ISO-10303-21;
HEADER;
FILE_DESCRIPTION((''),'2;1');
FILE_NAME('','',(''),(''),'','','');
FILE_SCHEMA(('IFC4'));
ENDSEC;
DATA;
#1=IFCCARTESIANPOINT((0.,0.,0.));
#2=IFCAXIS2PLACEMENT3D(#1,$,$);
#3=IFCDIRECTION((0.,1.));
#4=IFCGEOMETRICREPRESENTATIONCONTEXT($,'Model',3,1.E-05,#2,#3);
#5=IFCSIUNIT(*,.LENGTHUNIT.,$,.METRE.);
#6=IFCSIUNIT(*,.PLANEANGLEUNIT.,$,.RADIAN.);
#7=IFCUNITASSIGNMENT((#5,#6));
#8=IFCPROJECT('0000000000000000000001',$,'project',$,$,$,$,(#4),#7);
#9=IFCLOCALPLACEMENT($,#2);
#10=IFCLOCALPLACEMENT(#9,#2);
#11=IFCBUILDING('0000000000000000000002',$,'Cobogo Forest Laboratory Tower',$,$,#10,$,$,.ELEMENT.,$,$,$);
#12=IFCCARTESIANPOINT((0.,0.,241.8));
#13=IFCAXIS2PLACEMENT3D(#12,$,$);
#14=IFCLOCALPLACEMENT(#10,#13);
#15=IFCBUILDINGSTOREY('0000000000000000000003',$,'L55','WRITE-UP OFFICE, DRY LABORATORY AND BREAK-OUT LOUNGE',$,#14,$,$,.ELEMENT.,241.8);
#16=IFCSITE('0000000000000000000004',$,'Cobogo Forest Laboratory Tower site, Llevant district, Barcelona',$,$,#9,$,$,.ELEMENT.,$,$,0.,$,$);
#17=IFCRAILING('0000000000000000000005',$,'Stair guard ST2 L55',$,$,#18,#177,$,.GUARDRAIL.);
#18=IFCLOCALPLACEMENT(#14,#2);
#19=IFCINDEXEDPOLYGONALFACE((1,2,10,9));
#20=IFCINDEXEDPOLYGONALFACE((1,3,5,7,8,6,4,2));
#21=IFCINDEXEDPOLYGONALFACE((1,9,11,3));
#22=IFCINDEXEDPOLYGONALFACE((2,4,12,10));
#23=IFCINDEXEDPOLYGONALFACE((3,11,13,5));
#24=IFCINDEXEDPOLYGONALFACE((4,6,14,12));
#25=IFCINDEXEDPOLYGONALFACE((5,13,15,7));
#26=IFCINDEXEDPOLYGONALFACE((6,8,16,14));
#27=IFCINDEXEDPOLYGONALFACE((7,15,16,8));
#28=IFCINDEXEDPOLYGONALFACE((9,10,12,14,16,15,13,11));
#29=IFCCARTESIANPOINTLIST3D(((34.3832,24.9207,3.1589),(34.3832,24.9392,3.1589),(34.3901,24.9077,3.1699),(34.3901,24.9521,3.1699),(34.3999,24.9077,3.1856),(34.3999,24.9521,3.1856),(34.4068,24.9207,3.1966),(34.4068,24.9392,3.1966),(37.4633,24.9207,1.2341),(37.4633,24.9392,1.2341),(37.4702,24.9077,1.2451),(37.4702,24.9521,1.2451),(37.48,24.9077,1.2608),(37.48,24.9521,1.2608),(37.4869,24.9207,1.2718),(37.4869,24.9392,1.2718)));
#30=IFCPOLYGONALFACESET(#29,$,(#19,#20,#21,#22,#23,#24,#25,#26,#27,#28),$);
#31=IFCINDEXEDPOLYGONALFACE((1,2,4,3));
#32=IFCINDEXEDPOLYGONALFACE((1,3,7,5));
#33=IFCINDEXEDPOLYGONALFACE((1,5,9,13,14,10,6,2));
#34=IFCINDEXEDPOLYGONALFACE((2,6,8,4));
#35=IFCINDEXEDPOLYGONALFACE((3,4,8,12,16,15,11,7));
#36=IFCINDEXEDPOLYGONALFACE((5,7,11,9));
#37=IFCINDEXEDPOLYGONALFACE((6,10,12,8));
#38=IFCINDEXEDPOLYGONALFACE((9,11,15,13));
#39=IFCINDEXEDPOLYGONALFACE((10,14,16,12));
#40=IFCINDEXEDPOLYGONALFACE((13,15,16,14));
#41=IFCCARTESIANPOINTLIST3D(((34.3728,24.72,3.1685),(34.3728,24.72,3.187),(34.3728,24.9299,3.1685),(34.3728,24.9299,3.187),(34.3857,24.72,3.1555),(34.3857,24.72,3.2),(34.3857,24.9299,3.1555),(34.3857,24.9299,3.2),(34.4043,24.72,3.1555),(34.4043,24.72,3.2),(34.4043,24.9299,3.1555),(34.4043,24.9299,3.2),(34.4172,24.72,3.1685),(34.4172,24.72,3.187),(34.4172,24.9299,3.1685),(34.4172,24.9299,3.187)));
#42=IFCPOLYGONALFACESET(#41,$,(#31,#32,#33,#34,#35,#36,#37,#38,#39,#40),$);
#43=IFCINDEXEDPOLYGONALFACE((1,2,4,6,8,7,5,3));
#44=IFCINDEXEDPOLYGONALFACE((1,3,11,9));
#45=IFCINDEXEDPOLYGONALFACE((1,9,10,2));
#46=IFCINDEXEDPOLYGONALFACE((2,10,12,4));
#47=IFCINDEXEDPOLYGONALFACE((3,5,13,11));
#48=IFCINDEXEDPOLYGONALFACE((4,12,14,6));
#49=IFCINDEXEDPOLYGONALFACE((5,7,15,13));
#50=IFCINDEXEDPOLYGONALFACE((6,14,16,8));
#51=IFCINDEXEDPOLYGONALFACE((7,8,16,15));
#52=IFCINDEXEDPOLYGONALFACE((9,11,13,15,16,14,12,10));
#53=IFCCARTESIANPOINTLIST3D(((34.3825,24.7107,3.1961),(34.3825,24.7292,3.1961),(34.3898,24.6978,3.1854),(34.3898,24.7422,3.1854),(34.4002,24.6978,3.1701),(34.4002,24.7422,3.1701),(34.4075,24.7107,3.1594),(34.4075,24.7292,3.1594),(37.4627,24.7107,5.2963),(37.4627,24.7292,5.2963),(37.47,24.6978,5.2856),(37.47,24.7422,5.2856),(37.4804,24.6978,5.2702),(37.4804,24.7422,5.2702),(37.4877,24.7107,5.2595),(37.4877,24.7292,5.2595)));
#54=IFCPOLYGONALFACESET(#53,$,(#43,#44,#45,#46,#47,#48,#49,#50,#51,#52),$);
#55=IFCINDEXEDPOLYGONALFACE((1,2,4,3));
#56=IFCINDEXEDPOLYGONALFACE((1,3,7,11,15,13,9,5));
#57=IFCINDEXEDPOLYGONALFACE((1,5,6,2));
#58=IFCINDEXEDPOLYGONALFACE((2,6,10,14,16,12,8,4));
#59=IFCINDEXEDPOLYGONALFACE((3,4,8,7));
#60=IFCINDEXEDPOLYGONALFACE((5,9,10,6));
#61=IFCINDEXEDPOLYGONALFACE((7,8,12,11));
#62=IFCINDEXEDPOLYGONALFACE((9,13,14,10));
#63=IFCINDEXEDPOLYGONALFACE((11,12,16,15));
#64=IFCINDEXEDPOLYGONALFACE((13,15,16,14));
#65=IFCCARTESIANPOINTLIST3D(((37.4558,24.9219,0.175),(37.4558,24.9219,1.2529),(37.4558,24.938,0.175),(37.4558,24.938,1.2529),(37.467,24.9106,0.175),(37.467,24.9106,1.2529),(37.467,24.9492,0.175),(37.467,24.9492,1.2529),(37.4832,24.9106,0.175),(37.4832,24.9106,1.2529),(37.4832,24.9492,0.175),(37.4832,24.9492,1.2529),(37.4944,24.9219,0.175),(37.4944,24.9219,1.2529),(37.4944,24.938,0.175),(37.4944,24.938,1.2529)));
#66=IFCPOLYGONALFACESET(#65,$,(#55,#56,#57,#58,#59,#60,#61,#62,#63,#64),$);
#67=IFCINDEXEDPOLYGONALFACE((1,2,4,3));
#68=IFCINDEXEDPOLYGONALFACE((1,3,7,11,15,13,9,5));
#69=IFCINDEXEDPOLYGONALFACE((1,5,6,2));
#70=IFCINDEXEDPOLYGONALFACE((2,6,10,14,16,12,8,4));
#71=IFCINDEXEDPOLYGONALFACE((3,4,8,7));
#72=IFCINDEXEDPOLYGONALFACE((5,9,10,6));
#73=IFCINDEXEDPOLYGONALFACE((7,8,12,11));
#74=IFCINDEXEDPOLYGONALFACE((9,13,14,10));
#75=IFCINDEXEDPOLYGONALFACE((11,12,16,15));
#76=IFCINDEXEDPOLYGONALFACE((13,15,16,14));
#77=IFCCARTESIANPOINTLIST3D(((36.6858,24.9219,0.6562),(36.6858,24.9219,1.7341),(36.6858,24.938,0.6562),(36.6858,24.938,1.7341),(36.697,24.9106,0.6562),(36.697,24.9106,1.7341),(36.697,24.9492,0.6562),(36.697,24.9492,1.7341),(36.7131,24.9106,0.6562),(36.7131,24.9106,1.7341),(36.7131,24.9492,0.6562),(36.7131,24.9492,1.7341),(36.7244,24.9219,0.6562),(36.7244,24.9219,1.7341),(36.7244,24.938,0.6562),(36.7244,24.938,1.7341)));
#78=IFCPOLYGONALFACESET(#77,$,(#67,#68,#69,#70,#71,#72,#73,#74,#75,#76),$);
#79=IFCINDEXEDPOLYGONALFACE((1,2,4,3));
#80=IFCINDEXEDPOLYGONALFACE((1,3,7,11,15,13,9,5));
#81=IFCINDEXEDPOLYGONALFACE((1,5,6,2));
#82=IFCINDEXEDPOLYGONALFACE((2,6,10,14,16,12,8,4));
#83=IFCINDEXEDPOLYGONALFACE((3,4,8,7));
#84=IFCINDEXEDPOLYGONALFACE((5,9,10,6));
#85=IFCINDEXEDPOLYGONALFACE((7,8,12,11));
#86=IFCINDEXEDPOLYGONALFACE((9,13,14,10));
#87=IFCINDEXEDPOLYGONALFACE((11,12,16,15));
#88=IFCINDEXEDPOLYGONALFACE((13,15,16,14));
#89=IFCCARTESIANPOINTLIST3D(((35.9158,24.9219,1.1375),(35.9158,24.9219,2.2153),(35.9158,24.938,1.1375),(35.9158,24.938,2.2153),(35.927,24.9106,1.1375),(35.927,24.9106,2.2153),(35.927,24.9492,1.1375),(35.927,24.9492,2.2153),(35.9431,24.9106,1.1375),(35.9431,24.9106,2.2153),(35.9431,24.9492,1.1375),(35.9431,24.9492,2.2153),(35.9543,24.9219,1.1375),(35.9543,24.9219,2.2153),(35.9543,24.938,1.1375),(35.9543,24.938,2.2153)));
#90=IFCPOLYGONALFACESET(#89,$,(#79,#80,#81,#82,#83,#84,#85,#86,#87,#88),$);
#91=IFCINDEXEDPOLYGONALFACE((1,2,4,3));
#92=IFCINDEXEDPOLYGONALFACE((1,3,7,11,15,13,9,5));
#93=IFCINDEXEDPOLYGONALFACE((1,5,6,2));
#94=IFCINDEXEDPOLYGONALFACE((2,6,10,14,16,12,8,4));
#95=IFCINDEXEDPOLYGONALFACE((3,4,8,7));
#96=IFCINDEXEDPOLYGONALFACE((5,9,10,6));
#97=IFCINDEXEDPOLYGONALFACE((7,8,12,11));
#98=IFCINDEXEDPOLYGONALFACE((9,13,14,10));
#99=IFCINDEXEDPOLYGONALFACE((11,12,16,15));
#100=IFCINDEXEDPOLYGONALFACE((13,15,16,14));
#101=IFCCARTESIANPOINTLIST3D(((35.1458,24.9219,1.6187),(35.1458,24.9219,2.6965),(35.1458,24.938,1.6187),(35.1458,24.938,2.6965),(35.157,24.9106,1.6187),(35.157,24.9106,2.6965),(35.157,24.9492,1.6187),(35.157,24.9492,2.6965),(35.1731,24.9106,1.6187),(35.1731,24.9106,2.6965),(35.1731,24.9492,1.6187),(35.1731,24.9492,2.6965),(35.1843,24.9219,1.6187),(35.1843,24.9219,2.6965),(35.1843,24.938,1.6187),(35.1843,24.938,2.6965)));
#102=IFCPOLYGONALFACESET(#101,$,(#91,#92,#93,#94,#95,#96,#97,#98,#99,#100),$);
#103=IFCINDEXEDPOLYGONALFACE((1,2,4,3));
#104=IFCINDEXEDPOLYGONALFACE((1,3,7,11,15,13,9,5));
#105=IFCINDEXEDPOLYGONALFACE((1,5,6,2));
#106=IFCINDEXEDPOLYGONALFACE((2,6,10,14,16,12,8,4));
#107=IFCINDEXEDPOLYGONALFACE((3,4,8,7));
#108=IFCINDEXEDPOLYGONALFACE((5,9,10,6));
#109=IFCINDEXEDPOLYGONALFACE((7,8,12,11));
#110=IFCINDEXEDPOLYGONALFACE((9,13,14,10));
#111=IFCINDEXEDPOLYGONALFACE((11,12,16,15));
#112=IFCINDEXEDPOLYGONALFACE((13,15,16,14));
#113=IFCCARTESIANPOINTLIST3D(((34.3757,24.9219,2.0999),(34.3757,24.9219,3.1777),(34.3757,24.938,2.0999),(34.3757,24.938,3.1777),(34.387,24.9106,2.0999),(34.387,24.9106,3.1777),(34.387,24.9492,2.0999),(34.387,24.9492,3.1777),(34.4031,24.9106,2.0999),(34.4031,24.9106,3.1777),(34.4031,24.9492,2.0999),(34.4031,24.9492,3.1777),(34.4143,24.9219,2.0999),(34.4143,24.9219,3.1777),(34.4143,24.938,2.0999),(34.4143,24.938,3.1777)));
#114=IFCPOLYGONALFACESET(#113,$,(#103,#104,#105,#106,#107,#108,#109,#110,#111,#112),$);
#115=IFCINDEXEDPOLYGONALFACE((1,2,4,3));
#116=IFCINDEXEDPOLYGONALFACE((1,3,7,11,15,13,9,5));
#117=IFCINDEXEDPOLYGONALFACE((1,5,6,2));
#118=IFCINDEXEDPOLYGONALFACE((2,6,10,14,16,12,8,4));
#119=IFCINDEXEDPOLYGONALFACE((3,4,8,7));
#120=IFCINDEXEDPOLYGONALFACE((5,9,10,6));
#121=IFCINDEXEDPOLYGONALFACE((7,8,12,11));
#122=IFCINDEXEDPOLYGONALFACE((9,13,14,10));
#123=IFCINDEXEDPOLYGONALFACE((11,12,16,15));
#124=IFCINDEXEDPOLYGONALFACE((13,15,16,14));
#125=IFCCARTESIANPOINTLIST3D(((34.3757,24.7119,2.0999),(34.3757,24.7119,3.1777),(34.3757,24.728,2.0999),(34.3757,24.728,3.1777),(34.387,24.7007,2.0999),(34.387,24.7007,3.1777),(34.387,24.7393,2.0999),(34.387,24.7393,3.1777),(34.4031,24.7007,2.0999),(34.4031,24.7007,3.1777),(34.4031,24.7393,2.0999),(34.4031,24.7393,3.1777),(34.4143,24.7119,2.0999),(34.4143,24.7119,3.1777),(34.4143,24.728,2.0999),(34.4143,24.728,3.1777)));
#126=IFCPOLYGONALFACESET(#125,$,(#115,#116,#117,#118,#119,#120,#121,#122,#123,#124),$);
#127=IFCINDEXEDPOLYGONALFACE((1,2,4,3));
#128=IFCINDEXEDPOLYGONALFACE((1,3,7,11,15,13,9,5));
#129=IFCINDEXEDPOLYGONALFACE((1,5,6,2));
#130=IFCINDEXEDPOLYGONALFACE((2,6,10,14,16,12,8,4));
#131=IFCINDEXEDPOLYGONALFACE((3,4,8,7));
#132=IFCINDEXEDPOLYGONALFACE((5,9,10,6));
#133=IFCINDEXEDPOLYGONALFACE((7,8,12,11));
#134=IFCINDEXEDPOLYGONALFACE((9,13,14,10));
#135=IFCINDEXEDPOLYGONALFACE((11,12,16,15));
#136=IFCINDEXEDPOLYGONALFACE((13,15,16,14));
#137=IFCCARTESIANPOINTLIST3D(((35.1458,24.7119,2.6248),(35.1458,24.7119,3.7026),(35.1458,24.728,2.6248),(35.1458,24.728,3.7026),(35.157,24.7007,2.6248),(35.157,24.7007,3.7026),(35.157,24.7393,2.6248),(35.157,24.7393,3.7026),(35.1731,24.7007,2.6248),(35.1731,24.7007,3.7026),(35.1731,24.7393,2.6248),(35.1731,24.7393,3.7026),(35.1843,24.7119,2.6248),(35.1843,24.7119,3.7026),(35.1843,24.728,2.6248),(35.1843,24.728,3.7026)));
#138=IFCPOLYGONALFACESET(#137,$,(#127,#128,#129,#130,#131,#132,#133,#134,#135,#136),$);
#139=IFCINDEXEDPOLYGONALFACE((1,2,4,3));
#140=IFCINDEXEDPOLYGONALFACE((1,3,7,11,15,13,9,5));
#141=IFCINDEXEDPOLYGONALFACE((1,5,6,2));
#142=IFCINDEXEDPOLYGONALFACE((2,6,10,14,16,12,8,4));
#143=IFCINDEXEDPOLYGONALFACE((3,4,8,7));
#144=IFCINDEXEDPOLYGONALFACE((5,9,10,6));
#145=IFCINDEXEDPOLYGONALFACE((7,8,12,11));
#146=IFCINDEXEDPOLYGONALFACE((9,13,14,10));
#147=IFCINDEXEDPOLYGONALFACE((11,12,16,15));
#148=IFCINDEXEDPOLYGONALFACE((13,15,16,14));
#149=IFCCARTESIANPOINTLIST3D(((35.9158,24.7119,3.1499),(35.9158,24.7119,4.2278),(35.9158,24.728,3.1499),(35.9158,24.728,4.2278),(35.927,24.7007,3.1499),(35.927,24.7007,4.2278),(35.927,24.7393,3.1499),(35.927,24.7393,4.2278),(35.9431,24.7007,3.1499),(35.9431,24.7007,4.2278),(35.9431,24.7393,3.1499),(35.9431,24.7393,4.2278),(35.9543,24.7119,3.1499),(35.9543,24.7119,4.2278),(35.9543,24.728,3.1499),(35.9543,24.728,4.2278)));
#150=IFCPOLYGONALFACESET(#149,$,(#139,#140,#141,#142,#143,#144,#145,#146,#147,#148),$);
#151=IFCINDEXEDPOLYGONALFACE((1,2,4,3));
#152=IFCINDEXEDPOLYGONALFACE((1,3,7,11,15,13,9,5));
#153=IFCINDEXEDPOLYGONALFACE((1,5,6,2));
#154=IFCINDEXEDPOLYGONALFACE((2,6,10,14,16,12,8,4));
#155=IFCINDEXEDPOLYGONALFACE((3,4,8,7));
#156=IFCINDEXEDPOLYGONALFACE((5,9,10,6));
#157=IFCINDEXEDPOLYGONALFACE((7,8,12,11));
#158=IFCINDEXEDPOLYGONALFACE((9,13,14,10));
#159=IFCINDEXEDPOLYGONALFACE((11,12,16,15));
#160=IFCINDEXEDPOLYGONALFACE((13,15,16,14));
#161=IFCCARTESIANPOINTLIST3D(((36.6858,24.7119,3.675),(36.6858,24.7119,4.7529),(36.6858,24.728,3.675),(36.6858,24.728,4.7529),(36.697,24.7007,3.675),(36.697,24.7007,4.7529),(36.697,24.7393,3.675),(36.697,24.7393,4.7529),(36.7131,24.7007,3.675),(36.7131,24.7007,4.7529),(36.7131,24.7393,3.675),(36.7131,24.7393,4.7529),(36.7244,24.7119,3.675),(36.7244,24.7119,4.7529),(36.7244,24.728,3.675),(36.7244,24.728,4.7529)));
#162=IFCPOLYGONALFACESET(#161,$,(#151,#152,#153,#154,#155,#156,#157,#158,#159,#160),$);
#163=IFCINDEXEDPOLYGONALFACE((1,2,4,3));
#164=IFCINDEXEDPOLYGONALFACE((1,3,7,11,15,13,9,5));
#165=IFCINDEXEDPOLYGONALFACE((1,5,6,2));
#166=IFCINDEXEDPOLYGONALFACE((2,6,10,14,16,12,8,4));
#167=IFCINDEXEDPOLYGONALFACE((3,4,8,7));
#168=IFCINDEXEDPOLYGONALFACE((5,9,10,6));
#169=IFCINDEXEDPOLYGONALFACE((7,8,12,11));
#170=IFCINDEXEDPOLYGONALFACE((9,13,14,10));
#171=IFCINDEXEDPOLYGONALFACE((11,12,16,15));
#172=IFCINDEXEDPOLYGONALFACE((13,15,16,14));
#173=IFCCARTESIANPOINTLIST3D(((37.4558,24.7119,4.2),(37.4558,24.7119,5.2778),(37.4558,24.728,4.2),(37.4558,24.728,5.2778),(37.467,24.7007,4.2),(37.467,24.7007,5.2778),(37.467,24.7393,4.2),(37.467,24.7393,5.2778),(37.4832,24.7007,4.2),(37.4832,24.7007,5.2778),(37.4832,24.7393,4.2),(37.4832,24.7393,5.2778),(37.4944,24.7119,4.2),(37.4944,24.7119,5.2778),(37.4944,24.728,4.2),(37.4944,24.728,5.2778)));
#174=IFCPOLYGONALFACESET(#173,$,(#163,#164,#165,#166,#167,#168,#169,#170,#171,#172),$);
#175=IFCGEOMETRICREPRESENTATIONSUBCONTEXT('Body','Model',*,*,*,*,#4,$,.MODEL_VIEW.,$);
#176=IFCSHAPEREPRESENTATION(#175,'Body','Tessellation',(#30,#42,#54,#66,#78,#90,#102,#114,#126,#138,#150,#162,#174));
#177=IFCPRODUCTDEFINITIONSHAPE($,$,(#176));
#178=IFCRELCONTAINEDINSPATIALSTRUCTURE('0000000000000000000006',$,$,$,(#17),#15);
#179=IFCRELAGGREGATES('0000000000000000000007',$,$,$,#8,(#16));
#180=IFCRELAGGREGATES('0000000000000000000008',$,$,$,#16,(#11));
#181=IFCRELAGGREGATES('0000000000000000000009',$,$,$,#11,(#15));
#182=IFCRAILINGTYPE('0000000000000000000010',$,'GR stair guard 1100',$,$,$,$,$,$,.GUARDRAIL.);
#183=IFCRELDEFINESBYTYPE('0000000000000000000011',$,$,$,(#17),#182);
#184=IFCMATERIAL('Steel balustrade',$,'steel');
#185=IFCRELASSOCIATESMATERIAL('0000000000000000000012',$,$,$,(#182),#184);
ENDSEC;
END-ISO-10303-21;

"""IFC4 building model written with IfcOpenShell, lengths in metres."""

from ifc_helpers import new_model, si_unit, direction, frame, origin, place, context, subcontext, project, spatial, polyline, outline, extrude, material, type_object, element, save


model = new_model("IFC4")

# Units and contexts
model_context = context("Model", 3, precision=1e-05, world=origin(), true_north=direction((0.0, 1.0)))
body_context = subcontext(model_context, "Body", "Model", "MODEL_VIEW")
ifc_project = project(units=[si_unit("LENGTHUNIT", "METRE"), si_unit("PLANEANGLEUNIT", "RADIAN")], contexts=[model_context])

# Site, building, storey
site_placement = place(None, origin())
site = spatial("IfcSite", under=ifc_project, at=site_placement, Name="Cobogo Forest Laboratory Tower site, Llevant district, Barcelona", CompositionType="ELEMENT", RefElevation=0.0)
building_placement = place(site_placement, origin())
building = spatial("IfcBuilding", under=site, at=building_placement, Name="Cobogo Forest Laboratory Tower", CompositionType="ELEMENT")
storey_placement = place(building_placement, frame((0.0, 0.0, 241.8)))
storey = spatial("IfcBuildingStorey", under=building, at=storey_placement, Name="L55", Description="WRITE-UP OFFICE, DRY LABORATORY AND BREAK-OUT LOUNGE", CompositionType="ELEMENT", Elevation=241.8)

# Railing
ifc_material_1 = material(Name="Steel balustrade", Category="steel")
railing_type_1 = type_object("IfcRailingType", Name="GR stair guard 1100", PredefinedType="GUARDRAIL", material=ifc_material_1)
railing_1_placement = place(storey_placement, frame((37.4751, 24.9299, 0.175)))
element("IfcRailing", 1, at=railing_1_placement, inside=storey, type_object=railing_type_1, Name="Stair guard ST2 L55", PredefinedType="GUARDRAIL", context=body_context, shape_type="SweptSolid", body=[
    extrude(outline(polyline([(0.0222, 0.0093), (0.0093, 0.0222), (-0.0093, 0.0222), (-0.0222, 0.0093), (-0.0222, -0.0093), (-0.0093, -0.0222), (0.0093, -0.0222), (0.0222, -0.0093), (0.0222, 0.0093)])), frame((0.0, 0.0, 1.0779), z_axis=(-0.848029, 0.0, 0.529951), x_axis=(0.0, -1.0, 0.0)), (0.0, 0.0, 1.0), 3.6321),
    extrude(outline(polyline([(0.0222, 0.0093), (0.0093, 0.0222), (-0.0093, 0.0222), (-0.0222, 0.0093), (-0.0222, -0.0093), (-0.0093, -0.0222), (0.0093, -0.0222), (0.0222, -0.0093), (0.0222, 0.0093)])), frame((-3.0801, 0.0, 3.0027), z_axis=(0.0, -1.0, 0.0), x_axis=(1.0, 0.0, 0.0)), (0.0, 0.0, 1.0), 0.21),
    extrude(outline(polyline([(0.0222, 0.0093), (0.0093, 0.0222), (-0.0093, 0.0222), (-0.0222, 0.0093), (-0.0222, -0.0093), (-0.0093, -0.0222), (0.0093, -0.0222), (0.0222, -0.0093), (0.0222, 0.0093)])), frame((-3.0801, -0.21, 3.0027), z_axis=(0.826222, 0.0, 0.563345), x_axis=(0.0, 1.0, 0.0)), (0.0, 0.0, 1.0), 3.728),
    extrude(outline(polyline([(0.0193, 0.0081), (0.0081, 0.0193), (-0.0081, 0.0193), (-0.0193, 0.0081), (-0.0193, -0.0081), (-0.0081, -0.0193), (0.0081, -0.0193), (0.0193, -0.0081), (0.0193, 0.0081)])), origin(), (0.0, 0.0, 1.0), 1.0779),
    extrude(outline(polyline([(0.0193, 0.0081), (0.0081, 0.0193), (-0.0081, 0.0193), (-0.0193, 0.0081), (-0.0193, -0.0081), (-0.0081, -0.0193), (0.0081, -0.0193), (0.0193, -0.0081), (0.0193, 0.0081)])), frame((-0.77, 0.0, 0.4812)), (0.0, 0.0, 1.0), 1.0779),
    extrude(outline(polyline([(0.0193, 0.0081), (0.0081, 0.0193), (-0.0081, 0.0193), (-0.0193, 0.0081), (-0.0193, -0.0081), (-0.0081, -0.0193), (0.0081, -0.0193), (0.0193, -0.0081), (0.0193, 0.0081)])), frame((-1.54, 0.0, 0.9624)), (0.0, 0.0, 1.0), 1.0779),
    extrude(outline(polyline([(0.0193, 0.0081), (0.0081, 0.0193), (-0.0081, 0.0193), (-0.0193, 0.0081), (-0.0193, -0.0081), (-0.0081, -0.0193), (0.0081, -0.0193), (0.0193, -0.0081), (0.0193, 0.0081)])), frame((-2.3101, 0.0, 1.4436)), (0.0, 0.0, 1.0), 1.0779),
    extrude(outline(polyline([(0.0193, 0.0081), (0.0081, 0.0193), (-0.0081, 0.0193), (-0.0193, 0.0081), (-0.0193, -0.0081), (-0.0081, -0.0193), (0.0081, -0.0193), (0.0193, -0.0081), (0.0193, 0.0081)])), frame((-3.0801, 0.0, 1.9248)), (0.0, 0.0, 1.0), 1.0779),
    extrude(outline(polyline([(0.0193, 0.0081), (0.0081, 0.0193), (-0.0081, 0.0193), (-0.0193, 0.0081), (-0.0193, -0.0081), (-0.0081, -0.0193), (0.0081, -0.0193), (0.0193, -0.0081), (0.0193, 0.0081)])), frame((-3.0801, -0.21, 1.9248)), (0.0, 0.0, 1.0), 1.0779),
    extrude(outline(polyline([(0.0193, 0.0081), (0.0081, 0.0193), (-0.0081, 0.0193), (-0.0193, 0.0081), (-0.0193, -0.0081), (-0.0081, -0.0193), (0.0081, -0.0193), (0.0193, -0.0081), (0.0193, 0.0081)])), frame((-2.3101, -0.21, 2.4497)), (0.0, 0.0, 1.0), 1.0779),
    extrude(outline(polyline([(0.0193, 0.0081), (0.0081, 0.0193), (-0.0081, 0.0193), (-0.0193, 0.0081), (-0.0193, -0.0081), (-0.0081, -0.0193), (0.0081, -0.0193), (0.0193, -0.0081), (0.0193, 0.0081)])), frame((-1.54, -0.21, 2.9749)), (0.0, 0.0, 1.0), 1.0779),
    extrude(outline(polyline([(0.0193, 0.0081), (0.0081, 0.0193), (-0.0081, 0.0193), (-0.0193, 0.0081), (-0.0193, -0.0081), (-0.0081, -0.0193), (0.0081, -0.0193), (0.0193, -0.0081), (0.0193, 0.0081)])), frame((-0.77, -0.21, 3.5)), (0.0, 0.0, 1.0), 1.0779),
    extrude(outline(polyline([(0.0193, 0.0081), (0.0081, 0.0193), (-0.0081, 0.0193), (-0.0193, 0.0081), (-0.0193, -0.0081), (-0.0081, -0.0193), (0.0081, -0.0193), (0.0193, -0.0081), (0.0193, 0.0081)])), frame((0.0, -0.21, 4.0249)), (0.0, 0.0, 1.0), 1.0779),
])

save(model, "model.ifc")
